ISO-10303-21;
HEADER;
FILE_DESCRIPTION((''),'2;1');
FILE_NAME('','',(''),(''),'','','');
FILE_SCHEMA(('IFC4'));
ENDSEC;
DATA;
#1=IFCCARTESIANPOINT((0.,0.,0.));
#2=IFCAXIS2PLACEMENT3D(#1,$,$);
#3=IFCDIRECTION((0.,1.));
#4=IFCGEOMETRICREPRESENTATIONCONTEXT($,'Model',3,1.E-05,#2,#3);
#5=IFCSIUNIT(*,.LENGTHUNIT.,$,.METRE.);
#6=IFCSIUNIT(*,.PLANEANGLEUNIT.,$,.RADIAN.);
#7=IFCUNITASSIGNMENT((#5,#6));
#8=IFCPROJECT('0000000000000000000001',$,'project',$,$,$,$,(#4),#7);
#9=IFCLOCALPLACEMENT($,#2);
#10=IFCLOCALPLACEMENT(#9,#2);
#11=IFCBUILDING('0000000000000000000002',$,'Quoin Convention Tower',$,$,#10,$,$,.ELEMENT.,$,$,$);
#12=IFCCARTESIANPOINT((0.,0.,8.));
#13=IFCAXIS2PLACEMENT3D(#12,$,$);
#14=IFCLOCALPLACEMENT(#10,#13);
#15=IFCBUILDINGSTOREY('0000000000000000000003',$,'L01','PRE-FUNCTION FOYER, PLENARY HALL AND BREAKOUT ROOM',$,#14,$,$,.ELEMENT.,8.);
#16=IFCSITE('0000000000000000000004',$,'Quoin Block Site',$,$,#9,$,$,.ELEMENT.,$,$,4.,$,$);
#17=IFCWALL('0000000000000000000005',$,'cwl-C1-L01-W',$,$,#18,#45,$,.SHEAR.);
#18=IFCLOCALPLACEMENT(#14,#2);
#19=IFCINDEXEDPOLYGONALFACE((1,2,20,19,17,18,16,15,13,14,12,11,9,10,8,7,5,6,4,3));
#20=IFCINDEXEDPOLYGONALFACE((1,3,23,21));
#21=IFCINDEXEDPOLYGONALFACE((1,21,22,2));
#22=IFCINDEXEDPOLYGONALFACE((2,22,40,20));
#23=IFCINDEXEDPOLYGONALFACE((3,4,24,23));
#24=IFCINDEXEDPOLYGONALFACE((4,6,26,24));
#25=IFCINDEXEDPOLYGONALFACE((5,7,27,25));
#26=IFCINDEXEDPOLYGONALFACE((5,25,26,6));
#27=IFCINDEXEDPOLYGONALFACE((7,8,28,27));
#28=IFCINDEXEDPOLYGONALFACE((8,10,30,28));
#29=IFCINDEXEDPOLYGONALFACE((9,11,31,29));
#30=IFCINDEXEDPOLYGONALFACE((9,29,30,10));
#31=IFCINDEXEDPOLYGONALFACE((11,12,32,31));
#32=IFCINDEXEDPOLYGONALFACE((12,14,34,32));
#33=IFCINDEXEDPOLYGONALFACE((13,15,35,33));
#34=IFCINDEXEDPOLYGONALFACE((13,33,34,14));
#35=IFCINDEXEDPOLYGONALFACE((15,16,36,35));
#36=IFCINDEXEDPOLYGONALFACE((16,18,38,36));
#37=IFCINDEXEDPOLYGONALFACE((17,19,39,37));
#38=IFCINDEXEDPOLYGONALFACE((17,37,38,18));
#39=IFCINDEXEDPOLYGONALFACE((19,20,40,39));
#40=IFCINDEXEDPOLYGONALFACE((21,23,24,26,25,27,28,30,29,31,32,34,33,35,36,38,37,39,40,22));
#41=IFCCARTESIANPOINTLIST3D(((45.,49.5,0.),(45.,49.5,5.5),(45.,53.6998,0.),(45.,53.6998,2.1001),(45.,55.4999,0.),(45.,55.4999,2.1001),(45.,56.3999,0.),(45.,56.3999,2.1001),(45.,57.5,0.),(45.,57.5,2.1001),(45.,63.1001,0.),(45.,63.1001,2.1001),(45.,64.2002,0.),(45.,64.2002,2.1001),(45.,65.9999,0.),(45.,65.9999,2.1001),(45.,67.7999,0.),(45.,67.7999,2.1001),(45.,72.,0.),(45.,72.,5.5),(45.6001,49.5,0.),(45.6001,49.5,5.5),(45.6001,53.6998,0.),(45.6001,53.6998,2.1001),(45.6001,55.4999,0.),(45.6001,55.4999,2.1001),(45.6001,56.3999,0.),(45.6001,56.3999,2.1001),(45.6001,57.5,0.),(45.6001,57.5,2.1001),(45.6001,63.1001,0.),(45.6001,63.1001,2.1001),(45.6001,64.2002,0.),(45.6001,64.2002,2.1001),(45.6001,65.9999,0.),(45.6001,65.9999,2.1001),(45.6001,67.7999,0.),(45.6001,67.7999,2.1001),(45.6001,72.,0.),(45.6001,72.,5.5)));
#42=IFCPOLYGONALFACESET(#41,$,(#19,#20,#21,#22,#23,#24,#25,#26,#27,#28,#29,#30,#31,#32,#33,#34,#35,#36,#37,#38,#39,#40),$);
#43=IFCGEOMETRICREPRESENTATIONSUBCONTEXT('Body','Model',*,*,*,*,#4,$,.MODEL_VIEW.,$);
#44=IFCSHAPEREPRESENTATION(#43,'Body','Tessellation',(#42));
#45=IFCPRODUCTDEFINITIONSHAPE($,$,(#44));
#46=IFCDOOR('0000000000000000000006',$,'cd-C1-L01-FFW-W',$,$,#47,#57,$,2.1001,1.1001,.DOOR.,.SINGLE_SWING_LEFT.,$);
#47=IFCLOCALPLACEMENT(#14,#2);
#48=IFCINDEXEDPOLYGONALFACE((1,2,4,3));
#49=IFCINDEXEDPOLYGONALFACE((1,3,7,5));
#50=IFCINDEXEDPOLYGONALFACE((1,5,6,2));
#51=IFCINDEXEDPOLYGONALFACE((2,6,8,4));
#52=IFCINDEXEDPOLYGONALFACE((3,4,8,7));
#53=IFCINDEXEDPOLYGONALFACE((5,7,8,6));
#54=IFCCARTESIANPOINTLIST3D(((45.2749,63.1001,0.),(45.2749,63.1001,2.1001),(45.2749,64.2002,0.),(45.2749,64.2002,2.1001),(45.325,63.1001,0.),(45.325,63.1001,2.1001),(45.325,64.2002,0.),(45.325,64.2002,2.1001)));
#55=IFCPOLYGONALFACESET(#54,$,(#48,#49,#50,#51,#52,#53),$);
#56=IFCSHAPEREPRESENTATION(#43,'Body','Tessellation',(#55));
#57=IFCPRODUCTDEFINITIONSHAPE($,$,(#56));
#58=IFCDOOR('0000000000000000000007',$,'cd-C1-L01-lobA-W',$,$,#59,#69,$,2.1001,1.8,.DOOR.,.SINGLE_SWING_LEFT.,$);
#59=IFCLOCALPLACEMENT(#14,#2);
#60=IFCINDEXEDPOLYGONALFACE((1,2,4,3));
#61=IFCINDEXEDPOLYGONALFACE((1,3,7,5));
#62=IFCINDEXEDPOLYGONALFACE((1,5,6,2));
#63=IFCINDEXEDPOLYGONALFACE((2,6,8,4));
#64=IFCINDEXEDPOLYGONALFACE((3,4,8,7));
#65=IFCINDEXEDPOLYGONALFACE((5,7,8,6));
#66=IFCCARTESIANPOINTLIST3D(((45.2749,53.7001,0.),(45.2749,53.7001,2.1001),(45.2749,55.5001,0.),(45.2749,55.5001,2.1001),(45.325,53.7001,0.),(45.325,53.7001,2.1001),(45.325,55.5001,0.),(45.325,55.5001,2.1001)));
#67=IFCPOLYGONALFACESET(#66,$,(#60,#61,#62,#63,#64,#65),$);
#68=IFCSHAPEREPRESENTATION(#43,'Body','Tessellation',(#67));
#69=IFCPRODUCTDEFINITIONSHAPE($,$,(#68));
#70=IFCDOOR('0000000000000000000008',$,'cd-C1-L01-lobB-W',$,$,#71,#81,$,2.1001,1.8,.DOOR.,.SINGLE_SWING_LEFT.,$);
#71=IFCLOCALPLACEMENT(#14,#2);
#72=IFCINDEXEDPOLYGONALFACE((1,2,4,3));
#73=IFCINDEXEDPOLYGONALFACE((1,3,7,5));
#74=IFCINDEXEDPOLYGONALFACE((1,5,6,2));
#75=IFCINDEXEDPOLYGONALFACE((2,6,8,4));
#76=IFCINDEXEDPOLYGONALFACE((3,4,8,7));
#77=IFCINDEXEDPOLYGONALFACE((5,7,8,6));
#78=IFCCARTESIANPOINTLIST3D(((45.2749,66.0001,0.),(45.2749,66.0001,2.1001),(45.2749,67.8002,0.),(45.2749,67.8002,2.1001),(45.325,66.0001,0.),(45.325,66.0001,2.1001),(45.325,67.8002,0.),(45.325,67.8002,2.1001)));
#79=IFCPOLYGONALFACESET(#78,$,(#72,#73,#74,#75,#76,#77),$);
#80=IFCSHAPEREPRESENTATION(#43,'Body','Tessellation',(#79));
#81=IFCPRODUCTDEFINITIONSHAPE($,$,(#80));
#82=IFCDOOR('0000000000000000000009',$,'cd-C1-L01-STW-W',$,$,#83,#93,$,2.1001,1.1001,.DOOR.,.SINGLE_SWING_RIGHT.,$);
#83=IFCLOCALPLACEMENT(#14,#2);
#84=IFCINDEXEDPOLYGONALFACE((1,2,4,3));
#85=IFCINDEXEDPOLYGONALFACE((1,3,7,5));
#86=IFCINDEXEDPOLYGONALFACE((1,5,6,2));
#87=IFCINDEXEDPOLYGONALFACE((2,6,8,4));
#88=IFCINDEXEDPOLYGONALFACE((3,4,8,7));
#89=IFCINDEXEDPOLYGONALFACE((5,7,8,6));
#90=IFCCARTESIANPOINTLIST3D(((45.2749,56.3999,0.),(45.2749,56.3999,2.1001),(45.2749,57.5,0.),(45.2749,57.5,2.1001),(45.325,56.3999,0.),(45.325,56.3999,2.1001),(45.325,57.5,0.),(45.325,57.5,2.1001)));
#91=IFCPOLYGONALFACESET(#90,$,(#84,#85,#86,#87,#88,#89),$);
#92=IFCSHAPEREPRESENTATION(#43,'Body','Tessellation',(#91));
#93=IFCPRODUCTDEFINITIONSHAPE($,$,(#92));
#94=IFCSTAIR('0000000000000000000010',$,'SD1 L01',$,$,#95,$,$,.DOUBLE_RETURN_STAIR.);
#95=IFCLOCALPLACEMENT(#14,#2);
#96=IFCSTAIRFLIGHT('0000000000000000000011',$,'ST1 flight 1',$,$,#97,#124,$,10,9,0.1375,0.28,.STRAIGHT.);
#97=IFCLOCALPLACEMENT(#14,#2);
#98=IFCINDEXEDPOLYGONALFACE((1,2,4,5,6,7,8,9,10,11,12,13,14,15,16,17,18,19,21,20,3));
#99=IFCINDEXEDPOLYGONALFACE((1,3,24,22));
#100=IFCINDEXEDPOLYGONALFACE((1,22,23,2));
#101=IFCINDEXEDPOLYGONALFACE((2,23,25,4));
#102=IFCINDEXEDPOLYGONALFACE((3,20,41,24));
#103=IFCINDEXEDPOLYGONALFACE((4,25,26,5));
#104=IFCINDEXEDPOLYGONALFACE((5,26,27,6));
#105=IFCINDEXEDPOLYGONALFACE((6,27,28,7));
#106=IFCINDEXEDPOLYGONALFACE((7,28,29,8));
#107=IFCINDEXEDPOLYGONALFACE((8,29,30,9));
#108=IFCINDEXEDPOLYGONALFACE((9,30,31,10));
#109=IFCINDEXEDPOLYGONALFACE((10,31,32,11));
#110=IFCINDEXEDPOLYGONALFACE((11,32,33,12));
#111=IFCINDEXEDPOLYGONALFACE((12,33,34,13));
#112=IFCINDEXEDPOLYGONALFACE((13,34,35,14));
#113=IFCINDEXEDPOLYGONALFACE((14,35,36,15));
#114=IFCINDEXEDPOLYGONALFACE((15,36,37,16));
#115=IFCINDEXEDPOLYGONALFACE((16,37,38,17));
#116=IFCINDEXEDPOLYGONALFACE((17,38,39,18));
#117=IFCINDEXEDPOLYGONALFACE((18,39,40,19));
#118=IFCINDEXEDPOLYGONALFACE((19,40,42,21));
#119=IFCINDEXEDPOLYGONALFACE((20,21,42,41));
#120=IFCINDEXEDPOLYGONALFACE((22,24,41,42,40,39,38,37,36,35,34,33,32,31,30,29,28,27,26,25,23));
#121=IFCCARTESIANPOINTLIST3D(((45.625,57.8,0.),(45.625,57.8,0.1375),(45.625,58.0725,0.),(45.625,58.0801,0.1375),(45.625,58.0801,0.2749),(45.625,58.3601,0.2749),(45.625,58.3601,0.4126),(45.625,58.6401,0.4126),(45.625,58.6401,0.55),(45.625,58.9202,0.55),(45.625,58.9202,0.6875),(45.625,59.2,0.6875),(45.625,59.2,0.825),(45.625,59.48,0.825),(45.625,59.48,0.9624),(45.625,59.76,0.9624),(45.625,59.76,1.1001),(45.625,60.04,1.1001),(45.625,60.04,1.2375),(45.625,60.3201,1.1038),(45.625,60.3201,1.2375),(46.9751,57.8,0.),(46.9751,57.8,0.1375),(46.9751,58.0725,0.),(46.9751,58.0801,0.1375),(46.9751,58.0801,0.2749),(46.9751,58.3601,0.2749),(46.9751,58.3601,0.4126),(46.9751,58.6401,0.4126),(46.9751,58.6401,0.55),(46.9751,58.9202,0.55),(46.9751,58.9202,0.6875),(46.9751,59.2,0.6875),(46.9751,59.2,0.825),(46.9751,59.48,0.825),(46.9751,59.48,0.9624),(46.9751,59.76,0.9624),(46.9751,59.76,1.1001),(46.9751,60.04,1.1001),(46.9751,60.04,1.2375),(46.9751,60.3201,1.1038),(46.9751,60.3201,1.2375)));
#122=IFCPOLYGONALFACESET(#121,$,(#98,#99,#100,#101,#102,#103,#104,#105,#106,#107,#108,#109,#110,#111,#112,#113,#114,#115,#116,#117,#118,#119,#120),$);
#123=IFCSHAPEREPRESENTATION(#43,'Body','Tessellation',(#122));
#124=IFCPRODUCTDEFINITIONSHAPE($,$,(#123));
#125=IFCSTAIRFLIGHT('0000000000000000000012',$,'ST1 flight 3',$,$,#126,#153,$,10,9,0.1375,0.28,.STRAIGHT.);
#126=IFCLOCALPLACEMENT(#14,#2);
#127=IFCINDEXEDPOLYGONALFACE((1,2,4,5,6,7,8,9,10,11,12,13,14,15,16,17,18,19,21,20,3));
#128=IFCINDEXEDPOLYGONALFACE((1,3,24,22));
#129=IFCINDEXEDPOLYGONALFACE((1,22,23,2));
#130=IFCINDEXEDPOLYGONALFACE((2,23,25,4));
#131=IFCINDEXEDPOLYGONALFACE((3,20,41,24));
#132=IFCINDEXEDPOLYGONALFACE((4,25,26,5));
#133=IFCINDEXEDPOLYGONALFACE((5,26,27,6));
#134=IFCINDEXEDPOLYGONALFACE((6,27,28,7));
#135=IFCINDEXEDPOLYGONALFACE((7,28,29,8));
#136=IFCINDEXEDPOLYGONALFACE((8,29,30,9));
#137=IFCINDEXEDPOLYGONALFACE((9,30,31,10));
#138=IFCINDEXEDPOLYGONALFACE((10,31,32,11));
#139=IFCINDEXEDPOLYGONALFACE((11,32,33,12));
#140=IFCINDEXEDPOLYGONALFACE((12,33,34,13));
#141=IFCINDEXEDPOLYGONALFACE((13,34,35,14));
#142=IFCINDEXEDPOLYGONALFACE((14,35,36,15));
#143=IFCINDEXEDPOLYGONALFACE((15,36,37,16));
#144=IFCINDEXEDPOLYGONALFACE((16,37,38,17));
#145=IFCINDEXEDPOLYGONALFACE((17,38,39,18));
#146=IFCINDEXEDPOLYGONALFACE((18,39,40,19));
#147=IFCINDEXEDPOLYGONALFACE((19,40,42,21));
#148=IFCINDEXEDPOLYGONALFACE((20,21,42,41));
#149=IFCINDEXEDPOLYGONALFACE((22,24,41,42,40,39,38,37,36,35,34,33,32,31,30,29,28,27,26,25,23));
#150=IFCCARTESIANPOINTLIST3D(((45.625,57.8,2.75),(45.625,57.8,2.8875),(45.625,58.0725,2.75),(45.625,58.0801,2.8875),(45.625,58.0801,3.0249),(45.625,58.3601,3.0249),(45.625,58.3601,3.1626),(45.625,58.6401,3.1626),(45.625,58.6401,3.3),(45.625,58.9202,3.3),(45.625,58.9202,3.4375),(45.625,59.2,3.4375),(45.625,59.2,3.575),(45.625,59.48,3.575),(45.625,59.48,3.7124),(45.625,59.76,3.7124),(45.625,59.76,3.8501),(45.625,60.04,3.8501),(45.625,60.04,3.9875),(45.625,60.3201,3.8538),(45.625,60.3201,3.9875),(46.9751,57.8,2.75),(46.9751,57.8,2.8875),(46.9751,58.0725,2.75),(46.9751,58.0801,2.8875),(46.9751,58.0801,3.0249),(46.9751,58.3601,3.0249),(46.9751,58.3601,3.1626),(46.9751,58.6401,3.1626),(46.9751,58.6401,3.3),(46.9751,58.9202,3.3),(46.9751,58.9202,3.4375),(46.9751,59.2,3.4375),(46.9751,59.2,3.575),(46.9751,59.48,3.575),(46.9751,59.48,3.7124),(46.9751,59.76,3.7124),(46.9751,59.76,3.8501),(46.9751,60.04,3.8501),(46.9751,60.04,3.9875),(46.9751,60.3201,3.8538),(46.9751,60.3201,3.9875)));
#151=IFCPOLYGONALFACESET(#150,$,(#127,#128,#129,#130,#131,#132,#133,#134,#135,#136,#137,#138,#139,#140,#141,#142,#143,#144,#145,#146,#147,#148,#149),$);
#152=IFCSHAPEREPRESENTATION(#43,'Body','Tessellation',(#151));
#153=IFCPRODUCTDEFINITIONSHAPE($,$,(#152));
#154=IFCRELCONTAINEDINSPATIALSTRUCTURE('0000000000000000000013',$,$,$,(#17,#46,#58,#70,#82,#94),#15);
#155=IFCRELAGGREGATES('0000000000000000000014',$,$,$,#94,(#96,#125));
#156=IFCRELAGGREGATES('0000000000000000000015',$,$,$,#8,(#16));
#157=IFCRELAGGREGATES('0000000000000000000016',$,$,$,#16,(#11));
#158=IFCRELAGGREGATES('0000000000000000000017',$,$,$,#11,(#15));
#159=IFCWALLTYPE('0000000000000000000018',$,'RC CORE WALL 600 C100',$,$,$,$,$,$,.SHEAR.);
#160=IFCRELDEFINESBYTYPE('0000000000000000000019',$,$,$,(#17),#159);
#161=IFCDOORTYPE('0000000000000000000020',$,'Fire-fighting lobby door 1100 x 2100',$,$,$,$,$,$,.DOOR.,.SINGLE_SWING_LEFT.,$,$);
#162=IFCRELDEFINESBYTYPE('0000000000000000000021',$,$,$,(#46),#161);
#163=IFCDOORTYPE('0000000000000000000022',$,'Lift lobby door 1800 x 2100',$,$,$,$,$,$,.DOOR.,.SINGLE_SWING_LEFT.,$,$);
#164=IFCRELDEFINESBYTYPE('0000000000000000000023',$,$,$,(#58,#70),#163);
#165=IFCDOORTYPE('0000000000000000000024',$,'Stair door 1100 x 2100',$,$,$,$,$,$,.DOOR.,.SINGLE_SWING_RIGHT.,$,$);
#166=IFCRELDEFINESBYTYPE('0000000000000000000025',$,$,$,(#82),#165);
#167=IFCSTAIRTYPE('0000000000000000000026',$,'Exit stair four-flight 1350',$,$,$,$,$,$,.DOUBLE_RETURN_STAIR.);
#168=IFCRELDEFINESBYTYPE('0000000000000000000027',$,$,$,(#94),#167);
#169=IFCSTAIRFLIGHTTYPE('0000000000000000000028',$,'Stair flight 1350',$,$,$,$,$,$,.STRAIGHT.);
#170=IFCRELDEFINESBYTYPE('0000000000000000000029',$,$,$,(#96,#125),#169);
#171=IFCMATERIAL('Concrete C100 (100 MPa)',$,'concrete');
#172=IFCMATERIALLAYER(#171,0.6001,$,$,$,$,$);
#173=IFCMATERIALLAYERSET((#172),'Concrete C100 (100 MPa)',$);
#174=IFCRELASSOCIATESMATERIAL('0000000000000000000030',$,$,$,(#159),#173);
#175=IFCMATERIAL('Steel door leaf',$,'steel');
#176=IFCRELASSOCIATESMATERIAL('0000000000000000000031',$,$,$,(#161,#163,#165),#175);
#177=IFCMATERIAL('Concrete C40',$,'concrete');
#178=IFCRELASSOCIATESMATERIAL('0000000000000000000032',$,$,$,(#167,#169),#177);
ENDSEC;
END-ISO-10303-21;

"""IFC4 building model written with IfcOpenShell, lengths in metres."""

from ifc_helpers import new_model, si_unit, direction, frame, frame_2d, origin, place, context, subcontext, project, spatial, polyline, rectangle, outline, extrude, material, layer, layer_set, type_object, element, fill, aggregate, save


model = new_model("IFC4")

# Units and contexts
model_context = context("Model", 3, precision=1e-05, world=origin(), true_north=direction((0.0, 1.0)))
body_context = subcontext(model_context, "Body", "Model", "MODEL_VIEW")
ifc_project = project(units=[si_unit("LENGTHUNIT", "METRE"), si_unit("PLANEANGLEUNIT", "RADIAN")], contexts=[model_context])

# Site, building, storey
site_placement = place(None, origin())
site = spatial("IfcSite", under=ifc_project, at=site_placement, Name="Quoin Block Site", CompositionType="ELEMENT", RefElevation=4.0)
building_placement = place(site_placement, origin())
building = spatial("IfcBuilding", under=site, at=building_placement, Name="Quoin Convention Tower", CompositionType="ELEMENT")
storey_placement = place(building_placement, frame((0.0, 0.0, 8.0)))
storey = spatial("IfcBuildingStorey", under=building, at=storey_placement, Name="L01", Description="PRE-FUNCTION FOYER, PLENARY HALL AND BREAKOUT ROOM", CompositionType="ELEMENT", Elevation=8.0)

# Shared definitions
ifc_material_1 = material(Name="Steel door leaf", Category="steel")

# Shared definitions
ifc_material_2 = material(Name="Concrete C100 (100 MPa)", Category="concrete")
ifc_layer_1 = layer(ifc_material_2, 0.6001)
ifc_layer_set_1 = layer_set([ifc_layer_1], Name="Concrete C100 (100 MPa)")
wall_type_1 = type_object("IfcWallType", Name="RC CORE WALL 600 C100", PredefinedType="SHEAR", material=ifc_layer_set_1)

# Wall, openings, doors
wall_1_placement = place(storey_placement, frame((45.3, 49.5, 0.0), z_axis=(0.0, 0.0, 1.0), x_axis=(0.0, 1.0, 0.0)))
wall_1 = element("IfcWall", 1, at=wall_1_placement, inside=storey, type_object=wall_type_1, Name="cwl-C1-L01-W", PredefinedType="SHEAR", context=body_context, shape_type="SweptSolid", body=[
    extrude(rectangle(XDim=22.5, YDim=0.6001, at=frame_2d((11.25, 0.0))), origin(), (0.0, 0.0, 1.0), 5.5),
])
opening_1_placement = place(wall_1_placement, frame((4.2, 0.0, 0.0)))
opening_1 = element("IfcOpeningElement", 2, at=opening_1_placement, cuts=wall_1, PredefinedType="OPENING", context=body_context, shape_type="SweptSolid", body=[
    extrude(rectangle(XDim=1.8, YDim=2.1001, at=frame_2d((0.8999, 1.05))), frame((0.0, 0.3101, 0.0), z_axis=(0.0, -1.0, 0.0), x_axis=(1.0, 0.0, 0.0)), (0.0, 0.0, 1.0), 0.6201),
])
opening_2_placement = place(wall_1_placement, frame((6.8999, 0.0, 0.0)))
opening_2 = element("IfcOpeningElement", 3, at=opening_2_placement, cuts=wall_1, PredefinedType="OPENING", context=body_context, shape_type="SweptSolid", body=[
    extrude(rectangle(XDim=1.1001, YDim=2.1001, at=frame_2d((0.55, 1.05))), frame((0.0, 0.3101, 0.0), z_axis=(0.0, -1.0, 0.0), x_axis=(1.0, 0.0, 0.0)), (0.0, 0.0, 1.0), 0.6201),
])
opening_3_placement = place(wall_1_placement, frame((13.6001, 0.0, 0.0)))
opening_3 = element("IfcOpeningElement", 4, at=opening_3_placement, cuts=wall_1, PredefinedType="OPENING", context=body_context, shape_type="SweptSolid", body=[
    extrude(rectangle(XDim=1.1001, YDim=2.1001, at=frame_2d((0.55, 1.05))), frame((0.0, 0.3101, 0.0), z_axis=(0.0, -1.0, 0.0), x_axis=(1.0, 0.0, 0.0)), (0.0, 0.0, 1.0), 0.6201),
])
opening_4_placement = place(wall_1_placement, frame((16.5, 0.0, 0.0)))
opening_4 = element("IfcOpeningElement", 5, at=opening_4_placement, cuts=wall_1, PredefinedType="OPENING", context=body_context, shape_type="SweptSolid", body=[
    extrude(rectangle(XDim=1.8, YDim=2.1001, at=frame_2d((0.8999, 1.05))), frame((0.0, 0.3101, 0.0), z_axis=(0.0, -1.0, 0.0), x_axis=(1.0, 0.0, 0.0)), (0.0, 0.0, 1.0), 0.6201),
])
door_type_1 = type_object("IfcDoorType", Name="Fire-fighting lobby door 1100 x 2100", OperationType="SINGLE_SWING_LEFT", PredefinedType="DOOR", material=ifc_material_1)
door_1_placement = place(opening_3_placement, frame((1.1001, 0.0, 0.0), z_axis=(0.0, 0.0, 1.0), x_axis=(-1.0, 0.0, 0.0)))
door_1 = element("IfcDoor", 6, at=door_1_placement, inside=storey, type_object=door_type_1, Name="cd-C1-L01-FFW-W", OperationType="SINGLE_SWING_LEFT", OverallHeight=2.1001, OverallWidth=1.1001, PredefinedType="DOOR", context=body_context, shape_type="SweptSolid", body=[
    extrude(rectangle(XDim=1.1001, YDim=2.1001, at=frame_2d((0.55, 1.05))), frame((0.0, 0.0249, 0.0), z_axis=(0.0, -1.0, 0.0), x_axis=(1.0, 0.0, 0.0)), (0.0, 0.0, 1.0), 0.05),
])
fill(opening_3, door_1)
door_type_2 = type_object("IfcDoorType", Name="Lift lobby door 1800 x 2100", OperationType="SINGLE_SWING_LEFT", PredefinedType="DOOR", material=ifc_material_1)
door_2_placement = place(opening_1_placement, frame((1.8, 0.0, 0.0), z_axis=(0.0, 0.0, 1.0), x_axis=(-1.0, 0.0, 0.0)))
door_2 = element("IfcDoor", 7, at=door_2_placement, inside=storey, type_object=door_type_2, Name="cd-C1-L01-lobA-W", OperationType="SINGLE_SWING_LEFT", OverallHeight=2.1001, OverallWidth=1.8, PredefinedType="DOOR", context=body_context, shape_type="SweptSolid", body=[
    extrude(rectangle(XDim=1.8, YDim=2.1001, at=frame_2d((0.8999, 1.05))), frame((0.0, 0.0249, 0.0), z_axis=(0.0, -1.0, 0.0), x_axis=(1.0, 0.0, 0.0)), (0.0, 0.0, 1.0), 0.05),
])
fill(opening_1, door_2)
door_3_placement = place(opening_4_placement, frame((1.8, 0.0, 0.0), z_axis=(0.0, 0.0, 1.0), x_axis=(-1.0, 0.0, 0.0)))
door_3 = element("IfcDoor", 8, at=door_3_placement, inside=storey, type_object=door_type_2, Name="cd-C1-L01-lobB-W", OperationType="SINGLE_SWING_LEFT", OverallHeight=2.1001, OverallWidth=1.8, PredefinedType="DOOR", context=body_context, shape_type="SweptSolid", body=[
    extrude(rectangle(XDim=1.8, YDim=2.1001, at=frame_2d((0.8999, 1.05))), frame((0.0, 0.0249, 0.0), z_axis=(0.0, -1.0, 0.0), x_axis=(1.0, 0.0, 0.0)), (0.0, 0.0, 1.0), 0.05),
])
fill(opening_4, door_3)
door_type_3 = type_object("IfcDoorType", Name="Stair door 1100 x 2100", OperationType="SINGLE_SWING_RIGHT", PredefinedType="DOOR", material=ifc_material_1)
door_4_placement = place(opening_2_placement, frame((1.1001, 0.0, 0.0), z_axis=(0.0, 0.0, 1.0), x_axis=(-1.0, 0.0, 0.0)))
door_4 = element("IfcDoor", 9, at=door_4_placement, inside=storey, type_object=door_type_3, Name="cd-C1-L01-STW-W", OperationType="SINGLE_SWING_RIGHT", OverallHeight=2.1001, OverallWidth=1.1001, PredefinedType="DOOR", context=body_context, shape_type="SweptSolid", body=[
    extrude(rectangle(XDim=1.1001, YDim=2.1001, at=frame_2d((0.55, 1.05))), frame((0.0, 0.0249, 0.0), z_axis=(0.0, -1.0, 0.0), x_axis=(1.0, 0.0, 0.0)), (0.0, 0.0, 1.0), 0.05),
])
fill(opening_2, door_4)

# Stair, stair flights
ifc_material_3 = material(Name="Concrete C40", Category="concrete")
stair_type = type_object("IfcStairType", Name="Exit stair four-flight 1350", PredefinedType="DOUBLE_RETURN_STAIR", material=ifc_material_3)
stair_placement = place(storey_placement, origin())
stair = element("IfcStair", 10, at=stair_placement, inside=storey, type_object=stair_type, Name="SD1 L01", PredefinedType="DOUBLE_RETURN_STAIR")
stair_flight_type = type_object("IfcStairFlightType", Name="Stair flight 1350", PredefinedType="STRAIGHT", material=ifc_material_3)
stair_flight_1_placement = place(storey_placement, frame((46.3, 57.8, 0.0), z_axis=(0.0, 0.0, 1.0), x_axis=(0.0, 1.0, 0.0)))
stair_flight_1 = element("IfcStairFlight", 11, at=stair_flight_1_placement, type_object=stair_flight_type, Name="ST1 flight 1", NumberOfRisers=10, NumberOfTreads=9, PredefinedType="STRAIGHT", RiserHeight=0.1375, TreadLength=0.28, context=body_context, shape_type="SweptSolid", body=[
    extrude(outline(polyline([(0.0, 0.0), (0.0, 0.1375), (0.28, 0.1375), (0.28, 0.2749), (0.5601, 0.2749), (0.5601, 0.4126), (0.8401, 0.4126), (0.8401, 0.55), (1.1201, 0.55), (1.1201, 0.6875), (1.3999, 0.6875), (1.3999, 0.825), (1.6799, 0.825), (1.6799, 0.9624), (1.96, 0.9624), (1.96, 1.1001), (2.24, 1.1001), (2.24, 1.2375), (2.52, 1.2375), (2.52, 1.375), (2.52, 1.1038), (0.2725, 0.0), (0.0, 0.0)])), frame((0.0, 0.675, 0.0), z_axis=(0.0, -1.0, 0.0), x_axis=(1.0, 0.0, 0.0)), (0.0, 0.0, 1.0), 1.3501),
])
stair_flight_2_placement = place(storey_placement, frame((46.3, 57.8, 2.75), z_axis=(0.0, 0.0, 1.0), x_axis=(0.0, 1.0, 0.0)))
stair_flight_2 = element("IfcStairFlight", 12, at=stair_flight_2_placement, type_object=stair_flight_type, Name="ST1 flight 3", NumberOfRisers=10, NumberOfTreads=9, PredefinedType="STRAIGHT", RiserHeight=0.1375, TreadLength=0.28, context=body_context, shape_type="SweptSolid", body=[
    extrude(outline(polyline([(0.0, 0.0), (0.0, 0.1375), (0.28, 0.1375), (0.28, 0.2749), (0.5601, 0.2749), (0.5601, 0.4126), (0.8401, 0.4126), (0.8401, 0.55), (1.1201, 0.55), (1.1201, 0.6875), (1.3999, 0.6875), (1.3999, 0.825), (1.6799, 0.825), (1.6799, 0.9624), (1.96, 0.9624), (1.96, 1.1001), (2.24, 1.1001), (2.24, 1.2375), (2.52, 1.2375), (2.52, 1.375), (2.52, 1.1038), (0.2725, 0.0), (0.0, 0.0)])), frame((0.0, 0.675, 0.0), z_axis=(0.0, -1.0, 0.0), x_axis=(1.0, 0.0, 0.0)), (0.0, 0.0, 1.0), 1.3501),
])
aggregate(stair, [stair_flight_1, stair_flight_2])

save(model, "model.ifc")
